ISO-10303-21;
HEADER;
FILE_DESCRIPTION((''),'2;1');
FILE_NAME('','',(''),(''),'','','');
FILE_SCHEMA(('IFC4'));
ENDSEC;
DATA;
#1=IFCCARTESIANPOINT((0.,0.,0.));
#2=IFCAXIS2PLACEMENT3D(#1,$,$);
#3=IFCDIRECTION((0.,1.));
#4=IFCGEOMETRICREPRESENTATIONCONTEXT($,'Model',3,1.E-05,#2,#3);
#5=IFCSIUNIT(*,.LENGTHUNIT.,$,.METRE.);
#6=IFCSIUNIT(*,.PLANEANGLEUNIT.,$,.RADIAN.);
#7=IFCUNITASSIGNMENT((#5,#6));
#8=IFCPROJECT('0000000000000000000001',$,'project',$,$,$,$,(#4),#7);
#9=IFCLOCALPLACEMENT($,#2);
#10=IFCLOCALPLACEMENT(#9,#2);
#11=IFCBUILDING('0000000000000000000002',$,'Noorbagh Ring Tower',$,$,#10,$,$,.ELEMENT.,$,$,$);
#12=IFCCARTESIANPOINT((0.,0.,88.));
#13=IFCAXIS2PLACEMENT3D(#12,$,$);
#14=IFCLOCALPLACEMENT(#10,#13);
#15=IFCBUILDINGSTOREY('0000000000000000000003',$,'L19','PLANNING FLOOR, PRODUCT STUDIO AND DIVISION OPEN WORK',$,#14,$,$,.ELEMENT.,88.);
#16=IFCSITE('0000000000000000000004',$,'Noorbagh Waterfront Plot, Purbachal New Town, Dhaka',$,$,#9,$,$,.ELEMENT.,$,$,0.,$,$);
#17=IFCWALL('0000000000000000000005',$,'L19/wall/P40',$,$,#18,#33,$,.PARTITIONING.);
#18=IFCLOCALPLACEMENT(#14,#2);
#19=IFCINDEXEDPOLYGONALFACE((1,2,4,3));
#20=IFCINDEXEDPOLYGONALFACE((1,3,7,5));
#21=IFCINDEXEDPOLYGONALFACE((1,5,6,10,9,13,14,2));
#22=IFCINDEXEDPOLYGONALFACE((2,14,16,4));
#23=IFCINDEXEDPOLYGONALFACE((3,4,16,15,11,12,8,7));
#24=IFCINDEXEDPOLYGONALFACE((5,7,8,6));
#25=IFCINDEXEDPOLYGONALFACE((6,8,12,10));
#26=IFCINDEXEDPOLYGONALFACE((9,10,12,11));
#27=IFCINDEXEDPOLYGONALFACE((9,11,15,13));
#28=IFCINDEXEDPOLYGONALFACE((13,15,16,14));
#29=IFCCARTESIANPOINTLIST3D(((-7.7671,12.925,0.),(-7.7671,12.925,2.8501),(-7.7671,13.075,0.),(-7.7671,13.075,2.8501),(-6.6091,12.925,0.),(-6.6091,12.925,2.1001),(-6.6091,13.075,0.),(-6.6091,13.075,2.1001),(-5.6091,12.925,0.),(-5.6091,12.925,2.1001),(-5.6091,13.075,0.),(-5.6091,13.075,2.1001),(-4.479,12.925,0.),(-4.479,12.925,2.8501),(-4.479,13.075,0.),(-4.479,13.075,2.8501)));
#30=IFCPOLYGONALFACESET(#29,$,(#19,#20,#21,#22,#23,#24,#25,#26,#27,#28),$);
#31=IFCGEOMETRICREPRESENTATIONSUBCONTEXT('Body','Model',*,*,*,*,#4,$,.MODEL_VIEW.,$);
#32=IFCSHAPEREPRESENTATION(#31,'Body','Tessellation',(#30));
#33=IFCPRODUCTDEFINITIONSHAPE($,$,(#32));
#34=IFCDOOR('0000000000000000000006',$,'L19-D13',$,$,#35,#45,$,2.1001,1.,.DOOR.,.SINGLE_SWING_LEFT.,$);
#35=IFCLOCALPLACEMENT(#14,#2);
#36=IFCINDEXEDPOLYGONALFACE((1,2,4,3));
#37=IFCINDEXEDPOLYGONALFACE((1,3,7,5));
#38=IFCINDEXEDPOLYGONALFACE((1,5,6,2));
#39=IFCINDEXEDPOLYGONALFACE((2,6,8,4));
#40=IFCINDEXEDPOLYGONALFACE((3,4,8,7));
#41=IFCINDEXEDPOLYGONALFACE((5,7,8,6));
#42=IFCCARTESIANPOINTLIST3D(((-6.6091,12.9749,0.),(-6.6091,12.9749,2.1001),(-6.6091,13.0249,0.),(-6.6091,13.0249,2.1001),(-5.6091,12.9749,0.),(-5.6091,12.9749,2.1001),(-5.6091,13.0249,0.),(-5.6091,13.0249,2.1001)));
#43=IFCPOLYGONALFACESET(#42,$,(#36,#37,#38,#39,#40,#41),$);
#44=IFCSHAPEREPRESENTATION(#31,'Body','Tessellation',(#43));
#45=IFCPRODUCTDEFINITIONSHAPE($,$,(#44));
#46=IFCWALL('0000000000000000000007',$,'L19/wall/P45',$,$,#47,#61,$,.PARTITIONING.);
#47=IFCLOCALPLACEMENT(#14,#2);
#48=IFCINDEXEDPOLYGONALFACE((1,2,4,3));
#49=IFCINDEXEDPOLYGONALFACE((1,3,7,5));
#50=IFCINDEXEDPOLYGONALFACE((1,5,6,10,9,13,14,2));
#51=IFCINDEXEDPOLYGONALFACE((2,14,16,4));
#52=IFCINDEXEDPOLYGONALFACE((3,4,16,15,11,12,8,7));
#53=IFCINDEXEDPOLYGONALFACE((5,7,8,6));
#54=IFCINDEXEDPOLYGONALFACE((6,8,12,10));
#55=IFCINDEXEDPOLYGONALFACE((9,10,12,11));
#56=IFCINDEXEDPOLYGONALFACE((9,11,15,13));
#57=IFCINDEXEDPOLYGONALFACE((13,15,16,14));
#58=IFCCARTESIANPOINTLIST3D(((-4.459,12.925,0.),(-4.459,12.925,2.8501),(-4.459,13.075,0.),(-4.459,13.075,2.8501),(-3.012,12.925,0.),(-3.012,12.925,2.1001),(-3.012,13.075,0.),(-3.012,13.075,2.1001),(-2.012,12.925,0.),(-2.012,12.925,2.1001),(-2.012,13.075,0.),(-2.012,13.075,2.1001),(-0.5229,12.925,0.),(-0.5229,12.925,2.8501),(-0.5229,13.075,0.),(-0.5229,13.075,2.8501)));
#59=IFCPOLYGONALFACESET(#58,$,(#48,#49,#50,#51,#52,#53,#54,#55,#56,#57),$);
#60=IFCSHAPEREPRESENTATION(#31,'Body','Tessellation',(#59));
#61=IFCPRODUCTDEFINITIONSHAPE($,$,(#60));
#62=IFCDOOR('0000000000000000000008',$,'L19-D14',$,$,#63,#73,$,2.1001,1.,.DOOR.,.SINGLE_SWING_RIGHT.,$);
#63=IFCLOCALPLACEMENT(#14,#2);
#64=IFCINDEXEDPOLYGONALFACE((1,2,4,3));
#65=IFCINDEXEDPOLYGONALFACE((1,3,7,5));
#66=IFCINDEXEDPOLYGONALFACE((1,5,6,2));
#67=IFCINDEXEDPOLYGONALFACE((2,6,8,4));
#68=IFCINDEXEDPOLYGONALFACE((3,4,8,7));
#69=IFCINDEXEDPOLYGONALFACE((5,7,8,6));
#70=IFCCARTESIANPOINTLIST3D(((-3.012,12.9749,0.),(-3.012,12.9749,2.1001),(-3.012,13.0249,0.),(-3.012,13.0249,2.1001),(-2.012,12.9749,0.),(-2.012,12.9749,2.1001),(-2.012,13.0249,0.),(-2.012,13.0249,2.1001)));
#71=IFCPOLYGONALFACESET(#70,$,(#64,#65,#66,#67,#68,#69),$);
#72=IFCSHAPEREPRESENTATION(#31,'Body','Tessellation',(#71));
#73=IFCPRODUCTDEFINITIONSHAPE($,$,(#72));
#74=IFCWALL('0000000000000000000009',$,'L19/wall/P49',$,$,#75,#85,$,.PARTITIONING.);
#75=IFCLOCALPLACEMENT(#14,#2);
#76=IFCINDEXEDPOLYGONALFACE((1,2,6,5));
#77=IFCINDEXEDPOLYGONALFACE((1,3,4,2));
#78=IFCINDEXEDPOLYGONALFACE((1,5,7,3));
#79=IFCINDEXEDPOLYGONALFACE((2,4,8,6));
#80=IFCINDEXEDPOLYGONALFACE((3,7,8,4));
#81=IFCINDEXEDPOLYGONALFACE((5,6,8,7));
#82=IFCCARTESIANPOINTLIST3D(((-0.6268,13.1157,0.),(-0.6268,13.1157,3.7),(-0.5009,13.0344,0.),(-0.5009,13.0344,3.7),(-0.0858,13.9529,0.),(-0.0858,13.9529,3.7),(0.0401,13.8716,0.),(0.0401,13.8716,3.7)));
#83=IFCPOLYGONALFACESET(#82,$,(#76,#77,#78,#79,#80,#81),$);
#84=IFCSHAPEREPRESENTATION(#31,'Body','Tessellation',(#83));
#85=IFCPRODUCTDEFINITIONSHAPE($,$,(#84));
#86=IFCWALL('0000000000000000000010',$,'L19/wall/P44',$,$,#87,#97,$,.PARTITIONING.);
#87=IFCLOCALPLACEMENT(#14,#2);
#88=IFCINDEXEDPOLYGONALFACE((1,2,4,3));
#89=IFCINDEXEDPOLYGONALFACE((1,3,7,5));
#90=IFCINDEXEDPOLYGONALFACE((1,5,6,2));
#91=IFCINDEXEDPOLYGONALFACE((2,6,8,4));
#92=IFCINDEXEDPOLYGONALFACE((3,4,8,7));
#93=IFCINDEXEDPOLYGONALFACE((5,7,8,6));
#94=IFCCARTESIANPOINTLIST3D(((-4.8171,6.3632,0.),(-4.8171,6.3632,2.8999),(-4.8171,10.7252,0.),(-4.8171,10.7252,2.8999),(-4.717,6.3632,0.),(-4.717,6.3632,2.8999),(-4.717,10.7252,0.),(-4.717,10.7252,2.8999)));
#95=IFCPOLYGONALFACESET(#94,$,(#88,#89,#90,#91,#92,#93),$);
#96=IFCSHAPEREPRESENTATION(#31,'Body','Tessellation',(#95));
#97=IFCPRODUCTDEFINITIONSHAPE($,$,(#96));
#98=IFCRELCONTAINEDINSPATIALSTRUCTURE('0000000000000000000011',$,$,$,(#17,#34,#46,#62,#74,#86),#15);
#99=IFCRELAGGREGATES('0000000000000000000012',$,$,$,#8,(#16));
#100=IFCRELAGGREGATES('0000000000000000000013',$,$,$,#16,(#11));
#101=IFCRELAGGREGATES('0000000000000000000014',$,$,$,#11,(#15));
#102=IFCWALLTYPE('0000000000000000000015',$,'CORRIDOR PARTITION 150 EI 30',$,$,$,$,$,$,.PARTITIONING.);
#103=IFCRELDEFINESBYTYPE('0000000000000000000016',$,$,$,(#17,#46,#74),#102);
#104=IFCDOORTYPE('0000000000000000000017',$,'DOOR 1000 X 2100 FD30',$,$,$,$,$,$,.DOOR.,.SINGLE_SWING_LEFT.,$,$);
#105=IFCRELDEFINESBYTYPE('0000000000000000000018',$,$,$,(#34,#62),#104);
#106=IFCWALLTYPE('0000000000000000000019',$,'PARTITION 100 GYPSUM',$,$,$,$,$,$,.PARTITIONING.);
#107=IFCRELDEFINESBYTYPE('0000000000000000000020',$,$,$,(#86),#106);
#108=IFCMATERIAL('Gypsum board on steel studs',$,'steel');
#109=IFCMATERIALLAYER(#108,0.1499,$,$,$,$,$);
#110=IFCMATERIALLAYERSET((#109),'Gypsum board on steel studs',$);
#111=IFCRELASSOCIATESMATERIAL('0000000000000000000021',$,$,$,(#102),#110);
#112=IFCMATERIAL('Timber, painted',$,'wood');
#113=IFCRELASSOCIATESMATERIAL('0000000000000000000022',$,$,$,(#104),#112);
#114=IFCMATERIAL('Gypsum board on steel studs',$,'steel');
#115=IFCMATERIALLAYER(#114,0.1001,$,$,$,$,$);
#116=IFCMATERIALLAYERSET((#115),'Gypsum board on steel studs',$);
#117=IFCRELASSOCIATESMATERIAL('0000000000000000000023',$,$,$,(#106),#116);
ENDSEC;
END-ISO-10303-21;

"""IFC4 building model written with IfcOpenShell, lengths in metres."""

from ifc_helpers import new_model, si_unit, direction, frame, frame_2d, origin, place, context, subcontext, project, spatial, rectangle, extrude, material, layer, layer_set, type_object, element, fill, save


model = new_model("IFC4")

# Units and contexts
model_context = context("Model", 3, precision=1e-05, world=origin(), true_north=direction((0.0, 1.0)))
body_context = subcontext(model_context, "Body", "Model", "MODEL_VIEW")
ifc_project = project(units=[si_unit("LENGTHUNIT", "METRE"), si_unit("PLANEANGLEUNIT", "RADIAN")], contexts=[model_context])

# Site, building, storey
site_placement = place(None, origin())
site = spatial("IfcSite", under=ifc_project, at=site_placement, Name="Noorbagh Waterfront Plot, Purbachal New Town, Dhaka", CompositionType="ELEMENT", RefElevation=0.0)
building_placement = place(site_placement, origin())
building = spatial("IfcBuilding", under=site, at=building_placement, Name="Noorbagh Ring Tower", CompositionType="ELEMENT")
storey_placement = place(building_placement, frame((0.0, 0.0, 88.0)))
storey = spatial("IfcBuildingStorey", under=building, at=storey_placement, Name="L19", Description="PLANNING FLOOR, PRODUCT STUDIO AND DIVISION OPEN WORK", CompositionType="ELEMENT", Elevation=88.0)

# Walls, openings, doors
ifc_material_1 = material(Name="Gypsum board on steel studs", Category="steel")
ifc_layer_1 = layer(ifc_material_1, 0.1499)
ifc_layer_set_1 = layer_set([ifc_layer_1], Name="Gypsum board on steel studs")
wall_type_1 = type_object("IfcWallType", Name="CORRIDOR PARTITION 150 EI 30", PredefinedType="PARTITIONING", material=ifc_layer_set_1)
wall_1_placement = place(storey_placement, frame((-7.7671, 13.0, 0.0), z_axis=(0.0, 0.0, 1.0), x_axis=(1.0, 0.0, 0.0)))
wall_1 = element("IfcWall", 1, at=wall_1_placement, inside=storey, type_object=wall_type_1, Name="L19/wall/P40", PredefinedType="PARTITIONING", context=body_context, shape_type="SweptSolid", body=[
    extrude(rectangle(XDim=3.2881, YDim=0.1499, at=frame_2d((1.644, 0.0))), origin(), (0.0, 0.0, 1.0), 2.8501),
])
opening_1_placement = place(wall_1_placement, frame((1.158, 0.0, 0.0)))
opening_1 = element("IfcOpeningElement", 2, at=opening_1_placement, cuts=wall_1, PredefinedType="OPENING", context=body_context, shape_type="SweptSolid", body=[
    extrude(rectangle(XDim=1.0, YDim=2.1001, at=frame_2d((0.5, 1.05))), frame((0.0, 0.085, 0.0), z_axis=(0.0, -1.0, 0.0), x_axis=(1.0, 0.0, 0.0)), (0.0, 0.0, 1.0), 0.1699),
])
ifc_material_2 = material(Name="Timber, painted", Category="wood")
door_type = type_object("IfcDoorType", Name="DOOR 1000 X 2100 FD30", OperationType="SINGLE_SWING_LEFT", PredefinedType="DOOR", material=ifc_material_2)
door_1_placement = place(opening_1_placement, origin())
door_1 = element("IfcDoor", 3, at=door_1_placement, inside=storey, type_object=door_type, Name="L19-D13", OperationType="SINGLE_SWING_LEFT", OverallHeight=2.1001, OverallWidth=1.0, PredefinedType="DOOR", context=body_context, shape_type="SweptSolid", body=[
    extrude(rectangle(XDim=1.0, YDim=2.1001, at=frame_2d((0.5, 1.05))), frame((0.0, 0.0249, 0.0), z_axis=(0.0, -1.0, 0.0), x_axis=(1.0, 0.0, 0.0)), (0.0, 0.0, 1.0), 0.05),
])
fill(opening_1, door_1)
wall_2_placement = place(storey_placement, frame((-4.459, 13.0, 0.0), z_axis=(0.0, 0.0, 1.0), x_axis=(1.0, 0.0, 0.0)))
wall_2 = element("IfcWall", 4, at=wall_2_placement, inside=storey, type_object=wall_type_1, Name="L19/wall/P45", PredefinedType="PARTITIONING", context=body_context, shape_type="SweptSolid", body=[
    extrude(rectangle(XDim=3.936, YDim=0.1499, at=frame_2d((1.968, 0.0))), origin(), (0.0, 0.0, 1.0), 2.8501),
])
opening_2_placement = place(wall_2_placement, frame((1.447, 0.0, 0.0)))
opening_2 = element("IfcOpeningElement", 5, at=opening_2_placement, cuts=wall_2, PredefinedType="OPENING", context=body_context, shape_type="SweptSolid", body=[
    extrude(rectangle(XDim=1.0, YDim=2.1001, at=frame_2d((0.5, 1.05))), frame((0.0, 0.085, 0.0), z_axis=(0.0, -1.0, 0.0), x_axis=(1.0, 0.0, 0.0)), (0.0, 0.0, 1.0), 0.1699),
])
door_2_placement = place(opening_2_placement, origin())
door_2 = element("IfcDoor", 6, at=door_2_placement, inside=storey, type_object=door_type, Name="L19-D14", OperationType="SINGLE_SWING_RIGHT", OverallHeight=2.1001, OverallWidth=1.0, PredefinedType="DOOR", context=body_context, shape_type="SweptSolid", body=[
    extrude(rectangle(XDim=1.0, YDim=2.1001, at=frame_2d((0.5, 1.05))), frame((0.0, 0.0249, 0.0), z_axis=(0.0, -1.0, 0.0), x_axis=(1.0, 0.0, 0.0)), (0.0, 0.0, 1.0), 0.05),
])
fill(opening_2, door_2)

# Walls
wall_3_placement = place(storey_placement, frame((-0.564, 13.075, 0.0), z_axis=(0.0, 0.0, 1.0), x_axis=(0.542774, 0.839879, 0.0)))
element("IfcWall", 7, at=wall_3_placement, inside=storey, type_object=wall_type_1, Name="L19/wall/P49", PredefinedType="PARTITIONING", context=body_context, shape_type="SweptSolid", body=[
    extrude(rectangle(XDim=0.9968, YDim=0.1499, at=frame_2d((0.4985, 0.0))), origin(), (0.0, 0.0, 1.0), 3.7),
])
ifc_material_3 = material(Name="Gypsum board on steel studs", Category="steel")
ifc_layer_2 = layer(ifc_material_3, 0.1001)
ifc_layer_set_2 = layer_set([ifc_layer_2], Name="Gypsum board on steel studs")
wall_type_2 = type_object("IfcWallType", Name="PARTITION 100 GYPSUM", PredefinedType="PARTITIONING", material=ifc_layer_set_2)
wall_4_placement = place(storey_placement, frame((-4.7671, 6.363, 0.0), z_axis=(0.0, 0.0, 1.0), x_axis=(0.0, 1.0, 0.0)))
element("IfcWall", 8, at=wall_4_placement, inside=storey, type_object=wall_type_2, Name="L19/wall/P44", PredefinedType="PARTITIONING", context=body_context, shape_type="SweptSolid", body=[
    extrude(rectangle(XDim=4.3621, YDim=0.1001, at=frame_2d((2.1812, 0.0))), origin(), (0.0, 0.0, 1.0), 2.8999),
])

save(model, "model.ifc")
